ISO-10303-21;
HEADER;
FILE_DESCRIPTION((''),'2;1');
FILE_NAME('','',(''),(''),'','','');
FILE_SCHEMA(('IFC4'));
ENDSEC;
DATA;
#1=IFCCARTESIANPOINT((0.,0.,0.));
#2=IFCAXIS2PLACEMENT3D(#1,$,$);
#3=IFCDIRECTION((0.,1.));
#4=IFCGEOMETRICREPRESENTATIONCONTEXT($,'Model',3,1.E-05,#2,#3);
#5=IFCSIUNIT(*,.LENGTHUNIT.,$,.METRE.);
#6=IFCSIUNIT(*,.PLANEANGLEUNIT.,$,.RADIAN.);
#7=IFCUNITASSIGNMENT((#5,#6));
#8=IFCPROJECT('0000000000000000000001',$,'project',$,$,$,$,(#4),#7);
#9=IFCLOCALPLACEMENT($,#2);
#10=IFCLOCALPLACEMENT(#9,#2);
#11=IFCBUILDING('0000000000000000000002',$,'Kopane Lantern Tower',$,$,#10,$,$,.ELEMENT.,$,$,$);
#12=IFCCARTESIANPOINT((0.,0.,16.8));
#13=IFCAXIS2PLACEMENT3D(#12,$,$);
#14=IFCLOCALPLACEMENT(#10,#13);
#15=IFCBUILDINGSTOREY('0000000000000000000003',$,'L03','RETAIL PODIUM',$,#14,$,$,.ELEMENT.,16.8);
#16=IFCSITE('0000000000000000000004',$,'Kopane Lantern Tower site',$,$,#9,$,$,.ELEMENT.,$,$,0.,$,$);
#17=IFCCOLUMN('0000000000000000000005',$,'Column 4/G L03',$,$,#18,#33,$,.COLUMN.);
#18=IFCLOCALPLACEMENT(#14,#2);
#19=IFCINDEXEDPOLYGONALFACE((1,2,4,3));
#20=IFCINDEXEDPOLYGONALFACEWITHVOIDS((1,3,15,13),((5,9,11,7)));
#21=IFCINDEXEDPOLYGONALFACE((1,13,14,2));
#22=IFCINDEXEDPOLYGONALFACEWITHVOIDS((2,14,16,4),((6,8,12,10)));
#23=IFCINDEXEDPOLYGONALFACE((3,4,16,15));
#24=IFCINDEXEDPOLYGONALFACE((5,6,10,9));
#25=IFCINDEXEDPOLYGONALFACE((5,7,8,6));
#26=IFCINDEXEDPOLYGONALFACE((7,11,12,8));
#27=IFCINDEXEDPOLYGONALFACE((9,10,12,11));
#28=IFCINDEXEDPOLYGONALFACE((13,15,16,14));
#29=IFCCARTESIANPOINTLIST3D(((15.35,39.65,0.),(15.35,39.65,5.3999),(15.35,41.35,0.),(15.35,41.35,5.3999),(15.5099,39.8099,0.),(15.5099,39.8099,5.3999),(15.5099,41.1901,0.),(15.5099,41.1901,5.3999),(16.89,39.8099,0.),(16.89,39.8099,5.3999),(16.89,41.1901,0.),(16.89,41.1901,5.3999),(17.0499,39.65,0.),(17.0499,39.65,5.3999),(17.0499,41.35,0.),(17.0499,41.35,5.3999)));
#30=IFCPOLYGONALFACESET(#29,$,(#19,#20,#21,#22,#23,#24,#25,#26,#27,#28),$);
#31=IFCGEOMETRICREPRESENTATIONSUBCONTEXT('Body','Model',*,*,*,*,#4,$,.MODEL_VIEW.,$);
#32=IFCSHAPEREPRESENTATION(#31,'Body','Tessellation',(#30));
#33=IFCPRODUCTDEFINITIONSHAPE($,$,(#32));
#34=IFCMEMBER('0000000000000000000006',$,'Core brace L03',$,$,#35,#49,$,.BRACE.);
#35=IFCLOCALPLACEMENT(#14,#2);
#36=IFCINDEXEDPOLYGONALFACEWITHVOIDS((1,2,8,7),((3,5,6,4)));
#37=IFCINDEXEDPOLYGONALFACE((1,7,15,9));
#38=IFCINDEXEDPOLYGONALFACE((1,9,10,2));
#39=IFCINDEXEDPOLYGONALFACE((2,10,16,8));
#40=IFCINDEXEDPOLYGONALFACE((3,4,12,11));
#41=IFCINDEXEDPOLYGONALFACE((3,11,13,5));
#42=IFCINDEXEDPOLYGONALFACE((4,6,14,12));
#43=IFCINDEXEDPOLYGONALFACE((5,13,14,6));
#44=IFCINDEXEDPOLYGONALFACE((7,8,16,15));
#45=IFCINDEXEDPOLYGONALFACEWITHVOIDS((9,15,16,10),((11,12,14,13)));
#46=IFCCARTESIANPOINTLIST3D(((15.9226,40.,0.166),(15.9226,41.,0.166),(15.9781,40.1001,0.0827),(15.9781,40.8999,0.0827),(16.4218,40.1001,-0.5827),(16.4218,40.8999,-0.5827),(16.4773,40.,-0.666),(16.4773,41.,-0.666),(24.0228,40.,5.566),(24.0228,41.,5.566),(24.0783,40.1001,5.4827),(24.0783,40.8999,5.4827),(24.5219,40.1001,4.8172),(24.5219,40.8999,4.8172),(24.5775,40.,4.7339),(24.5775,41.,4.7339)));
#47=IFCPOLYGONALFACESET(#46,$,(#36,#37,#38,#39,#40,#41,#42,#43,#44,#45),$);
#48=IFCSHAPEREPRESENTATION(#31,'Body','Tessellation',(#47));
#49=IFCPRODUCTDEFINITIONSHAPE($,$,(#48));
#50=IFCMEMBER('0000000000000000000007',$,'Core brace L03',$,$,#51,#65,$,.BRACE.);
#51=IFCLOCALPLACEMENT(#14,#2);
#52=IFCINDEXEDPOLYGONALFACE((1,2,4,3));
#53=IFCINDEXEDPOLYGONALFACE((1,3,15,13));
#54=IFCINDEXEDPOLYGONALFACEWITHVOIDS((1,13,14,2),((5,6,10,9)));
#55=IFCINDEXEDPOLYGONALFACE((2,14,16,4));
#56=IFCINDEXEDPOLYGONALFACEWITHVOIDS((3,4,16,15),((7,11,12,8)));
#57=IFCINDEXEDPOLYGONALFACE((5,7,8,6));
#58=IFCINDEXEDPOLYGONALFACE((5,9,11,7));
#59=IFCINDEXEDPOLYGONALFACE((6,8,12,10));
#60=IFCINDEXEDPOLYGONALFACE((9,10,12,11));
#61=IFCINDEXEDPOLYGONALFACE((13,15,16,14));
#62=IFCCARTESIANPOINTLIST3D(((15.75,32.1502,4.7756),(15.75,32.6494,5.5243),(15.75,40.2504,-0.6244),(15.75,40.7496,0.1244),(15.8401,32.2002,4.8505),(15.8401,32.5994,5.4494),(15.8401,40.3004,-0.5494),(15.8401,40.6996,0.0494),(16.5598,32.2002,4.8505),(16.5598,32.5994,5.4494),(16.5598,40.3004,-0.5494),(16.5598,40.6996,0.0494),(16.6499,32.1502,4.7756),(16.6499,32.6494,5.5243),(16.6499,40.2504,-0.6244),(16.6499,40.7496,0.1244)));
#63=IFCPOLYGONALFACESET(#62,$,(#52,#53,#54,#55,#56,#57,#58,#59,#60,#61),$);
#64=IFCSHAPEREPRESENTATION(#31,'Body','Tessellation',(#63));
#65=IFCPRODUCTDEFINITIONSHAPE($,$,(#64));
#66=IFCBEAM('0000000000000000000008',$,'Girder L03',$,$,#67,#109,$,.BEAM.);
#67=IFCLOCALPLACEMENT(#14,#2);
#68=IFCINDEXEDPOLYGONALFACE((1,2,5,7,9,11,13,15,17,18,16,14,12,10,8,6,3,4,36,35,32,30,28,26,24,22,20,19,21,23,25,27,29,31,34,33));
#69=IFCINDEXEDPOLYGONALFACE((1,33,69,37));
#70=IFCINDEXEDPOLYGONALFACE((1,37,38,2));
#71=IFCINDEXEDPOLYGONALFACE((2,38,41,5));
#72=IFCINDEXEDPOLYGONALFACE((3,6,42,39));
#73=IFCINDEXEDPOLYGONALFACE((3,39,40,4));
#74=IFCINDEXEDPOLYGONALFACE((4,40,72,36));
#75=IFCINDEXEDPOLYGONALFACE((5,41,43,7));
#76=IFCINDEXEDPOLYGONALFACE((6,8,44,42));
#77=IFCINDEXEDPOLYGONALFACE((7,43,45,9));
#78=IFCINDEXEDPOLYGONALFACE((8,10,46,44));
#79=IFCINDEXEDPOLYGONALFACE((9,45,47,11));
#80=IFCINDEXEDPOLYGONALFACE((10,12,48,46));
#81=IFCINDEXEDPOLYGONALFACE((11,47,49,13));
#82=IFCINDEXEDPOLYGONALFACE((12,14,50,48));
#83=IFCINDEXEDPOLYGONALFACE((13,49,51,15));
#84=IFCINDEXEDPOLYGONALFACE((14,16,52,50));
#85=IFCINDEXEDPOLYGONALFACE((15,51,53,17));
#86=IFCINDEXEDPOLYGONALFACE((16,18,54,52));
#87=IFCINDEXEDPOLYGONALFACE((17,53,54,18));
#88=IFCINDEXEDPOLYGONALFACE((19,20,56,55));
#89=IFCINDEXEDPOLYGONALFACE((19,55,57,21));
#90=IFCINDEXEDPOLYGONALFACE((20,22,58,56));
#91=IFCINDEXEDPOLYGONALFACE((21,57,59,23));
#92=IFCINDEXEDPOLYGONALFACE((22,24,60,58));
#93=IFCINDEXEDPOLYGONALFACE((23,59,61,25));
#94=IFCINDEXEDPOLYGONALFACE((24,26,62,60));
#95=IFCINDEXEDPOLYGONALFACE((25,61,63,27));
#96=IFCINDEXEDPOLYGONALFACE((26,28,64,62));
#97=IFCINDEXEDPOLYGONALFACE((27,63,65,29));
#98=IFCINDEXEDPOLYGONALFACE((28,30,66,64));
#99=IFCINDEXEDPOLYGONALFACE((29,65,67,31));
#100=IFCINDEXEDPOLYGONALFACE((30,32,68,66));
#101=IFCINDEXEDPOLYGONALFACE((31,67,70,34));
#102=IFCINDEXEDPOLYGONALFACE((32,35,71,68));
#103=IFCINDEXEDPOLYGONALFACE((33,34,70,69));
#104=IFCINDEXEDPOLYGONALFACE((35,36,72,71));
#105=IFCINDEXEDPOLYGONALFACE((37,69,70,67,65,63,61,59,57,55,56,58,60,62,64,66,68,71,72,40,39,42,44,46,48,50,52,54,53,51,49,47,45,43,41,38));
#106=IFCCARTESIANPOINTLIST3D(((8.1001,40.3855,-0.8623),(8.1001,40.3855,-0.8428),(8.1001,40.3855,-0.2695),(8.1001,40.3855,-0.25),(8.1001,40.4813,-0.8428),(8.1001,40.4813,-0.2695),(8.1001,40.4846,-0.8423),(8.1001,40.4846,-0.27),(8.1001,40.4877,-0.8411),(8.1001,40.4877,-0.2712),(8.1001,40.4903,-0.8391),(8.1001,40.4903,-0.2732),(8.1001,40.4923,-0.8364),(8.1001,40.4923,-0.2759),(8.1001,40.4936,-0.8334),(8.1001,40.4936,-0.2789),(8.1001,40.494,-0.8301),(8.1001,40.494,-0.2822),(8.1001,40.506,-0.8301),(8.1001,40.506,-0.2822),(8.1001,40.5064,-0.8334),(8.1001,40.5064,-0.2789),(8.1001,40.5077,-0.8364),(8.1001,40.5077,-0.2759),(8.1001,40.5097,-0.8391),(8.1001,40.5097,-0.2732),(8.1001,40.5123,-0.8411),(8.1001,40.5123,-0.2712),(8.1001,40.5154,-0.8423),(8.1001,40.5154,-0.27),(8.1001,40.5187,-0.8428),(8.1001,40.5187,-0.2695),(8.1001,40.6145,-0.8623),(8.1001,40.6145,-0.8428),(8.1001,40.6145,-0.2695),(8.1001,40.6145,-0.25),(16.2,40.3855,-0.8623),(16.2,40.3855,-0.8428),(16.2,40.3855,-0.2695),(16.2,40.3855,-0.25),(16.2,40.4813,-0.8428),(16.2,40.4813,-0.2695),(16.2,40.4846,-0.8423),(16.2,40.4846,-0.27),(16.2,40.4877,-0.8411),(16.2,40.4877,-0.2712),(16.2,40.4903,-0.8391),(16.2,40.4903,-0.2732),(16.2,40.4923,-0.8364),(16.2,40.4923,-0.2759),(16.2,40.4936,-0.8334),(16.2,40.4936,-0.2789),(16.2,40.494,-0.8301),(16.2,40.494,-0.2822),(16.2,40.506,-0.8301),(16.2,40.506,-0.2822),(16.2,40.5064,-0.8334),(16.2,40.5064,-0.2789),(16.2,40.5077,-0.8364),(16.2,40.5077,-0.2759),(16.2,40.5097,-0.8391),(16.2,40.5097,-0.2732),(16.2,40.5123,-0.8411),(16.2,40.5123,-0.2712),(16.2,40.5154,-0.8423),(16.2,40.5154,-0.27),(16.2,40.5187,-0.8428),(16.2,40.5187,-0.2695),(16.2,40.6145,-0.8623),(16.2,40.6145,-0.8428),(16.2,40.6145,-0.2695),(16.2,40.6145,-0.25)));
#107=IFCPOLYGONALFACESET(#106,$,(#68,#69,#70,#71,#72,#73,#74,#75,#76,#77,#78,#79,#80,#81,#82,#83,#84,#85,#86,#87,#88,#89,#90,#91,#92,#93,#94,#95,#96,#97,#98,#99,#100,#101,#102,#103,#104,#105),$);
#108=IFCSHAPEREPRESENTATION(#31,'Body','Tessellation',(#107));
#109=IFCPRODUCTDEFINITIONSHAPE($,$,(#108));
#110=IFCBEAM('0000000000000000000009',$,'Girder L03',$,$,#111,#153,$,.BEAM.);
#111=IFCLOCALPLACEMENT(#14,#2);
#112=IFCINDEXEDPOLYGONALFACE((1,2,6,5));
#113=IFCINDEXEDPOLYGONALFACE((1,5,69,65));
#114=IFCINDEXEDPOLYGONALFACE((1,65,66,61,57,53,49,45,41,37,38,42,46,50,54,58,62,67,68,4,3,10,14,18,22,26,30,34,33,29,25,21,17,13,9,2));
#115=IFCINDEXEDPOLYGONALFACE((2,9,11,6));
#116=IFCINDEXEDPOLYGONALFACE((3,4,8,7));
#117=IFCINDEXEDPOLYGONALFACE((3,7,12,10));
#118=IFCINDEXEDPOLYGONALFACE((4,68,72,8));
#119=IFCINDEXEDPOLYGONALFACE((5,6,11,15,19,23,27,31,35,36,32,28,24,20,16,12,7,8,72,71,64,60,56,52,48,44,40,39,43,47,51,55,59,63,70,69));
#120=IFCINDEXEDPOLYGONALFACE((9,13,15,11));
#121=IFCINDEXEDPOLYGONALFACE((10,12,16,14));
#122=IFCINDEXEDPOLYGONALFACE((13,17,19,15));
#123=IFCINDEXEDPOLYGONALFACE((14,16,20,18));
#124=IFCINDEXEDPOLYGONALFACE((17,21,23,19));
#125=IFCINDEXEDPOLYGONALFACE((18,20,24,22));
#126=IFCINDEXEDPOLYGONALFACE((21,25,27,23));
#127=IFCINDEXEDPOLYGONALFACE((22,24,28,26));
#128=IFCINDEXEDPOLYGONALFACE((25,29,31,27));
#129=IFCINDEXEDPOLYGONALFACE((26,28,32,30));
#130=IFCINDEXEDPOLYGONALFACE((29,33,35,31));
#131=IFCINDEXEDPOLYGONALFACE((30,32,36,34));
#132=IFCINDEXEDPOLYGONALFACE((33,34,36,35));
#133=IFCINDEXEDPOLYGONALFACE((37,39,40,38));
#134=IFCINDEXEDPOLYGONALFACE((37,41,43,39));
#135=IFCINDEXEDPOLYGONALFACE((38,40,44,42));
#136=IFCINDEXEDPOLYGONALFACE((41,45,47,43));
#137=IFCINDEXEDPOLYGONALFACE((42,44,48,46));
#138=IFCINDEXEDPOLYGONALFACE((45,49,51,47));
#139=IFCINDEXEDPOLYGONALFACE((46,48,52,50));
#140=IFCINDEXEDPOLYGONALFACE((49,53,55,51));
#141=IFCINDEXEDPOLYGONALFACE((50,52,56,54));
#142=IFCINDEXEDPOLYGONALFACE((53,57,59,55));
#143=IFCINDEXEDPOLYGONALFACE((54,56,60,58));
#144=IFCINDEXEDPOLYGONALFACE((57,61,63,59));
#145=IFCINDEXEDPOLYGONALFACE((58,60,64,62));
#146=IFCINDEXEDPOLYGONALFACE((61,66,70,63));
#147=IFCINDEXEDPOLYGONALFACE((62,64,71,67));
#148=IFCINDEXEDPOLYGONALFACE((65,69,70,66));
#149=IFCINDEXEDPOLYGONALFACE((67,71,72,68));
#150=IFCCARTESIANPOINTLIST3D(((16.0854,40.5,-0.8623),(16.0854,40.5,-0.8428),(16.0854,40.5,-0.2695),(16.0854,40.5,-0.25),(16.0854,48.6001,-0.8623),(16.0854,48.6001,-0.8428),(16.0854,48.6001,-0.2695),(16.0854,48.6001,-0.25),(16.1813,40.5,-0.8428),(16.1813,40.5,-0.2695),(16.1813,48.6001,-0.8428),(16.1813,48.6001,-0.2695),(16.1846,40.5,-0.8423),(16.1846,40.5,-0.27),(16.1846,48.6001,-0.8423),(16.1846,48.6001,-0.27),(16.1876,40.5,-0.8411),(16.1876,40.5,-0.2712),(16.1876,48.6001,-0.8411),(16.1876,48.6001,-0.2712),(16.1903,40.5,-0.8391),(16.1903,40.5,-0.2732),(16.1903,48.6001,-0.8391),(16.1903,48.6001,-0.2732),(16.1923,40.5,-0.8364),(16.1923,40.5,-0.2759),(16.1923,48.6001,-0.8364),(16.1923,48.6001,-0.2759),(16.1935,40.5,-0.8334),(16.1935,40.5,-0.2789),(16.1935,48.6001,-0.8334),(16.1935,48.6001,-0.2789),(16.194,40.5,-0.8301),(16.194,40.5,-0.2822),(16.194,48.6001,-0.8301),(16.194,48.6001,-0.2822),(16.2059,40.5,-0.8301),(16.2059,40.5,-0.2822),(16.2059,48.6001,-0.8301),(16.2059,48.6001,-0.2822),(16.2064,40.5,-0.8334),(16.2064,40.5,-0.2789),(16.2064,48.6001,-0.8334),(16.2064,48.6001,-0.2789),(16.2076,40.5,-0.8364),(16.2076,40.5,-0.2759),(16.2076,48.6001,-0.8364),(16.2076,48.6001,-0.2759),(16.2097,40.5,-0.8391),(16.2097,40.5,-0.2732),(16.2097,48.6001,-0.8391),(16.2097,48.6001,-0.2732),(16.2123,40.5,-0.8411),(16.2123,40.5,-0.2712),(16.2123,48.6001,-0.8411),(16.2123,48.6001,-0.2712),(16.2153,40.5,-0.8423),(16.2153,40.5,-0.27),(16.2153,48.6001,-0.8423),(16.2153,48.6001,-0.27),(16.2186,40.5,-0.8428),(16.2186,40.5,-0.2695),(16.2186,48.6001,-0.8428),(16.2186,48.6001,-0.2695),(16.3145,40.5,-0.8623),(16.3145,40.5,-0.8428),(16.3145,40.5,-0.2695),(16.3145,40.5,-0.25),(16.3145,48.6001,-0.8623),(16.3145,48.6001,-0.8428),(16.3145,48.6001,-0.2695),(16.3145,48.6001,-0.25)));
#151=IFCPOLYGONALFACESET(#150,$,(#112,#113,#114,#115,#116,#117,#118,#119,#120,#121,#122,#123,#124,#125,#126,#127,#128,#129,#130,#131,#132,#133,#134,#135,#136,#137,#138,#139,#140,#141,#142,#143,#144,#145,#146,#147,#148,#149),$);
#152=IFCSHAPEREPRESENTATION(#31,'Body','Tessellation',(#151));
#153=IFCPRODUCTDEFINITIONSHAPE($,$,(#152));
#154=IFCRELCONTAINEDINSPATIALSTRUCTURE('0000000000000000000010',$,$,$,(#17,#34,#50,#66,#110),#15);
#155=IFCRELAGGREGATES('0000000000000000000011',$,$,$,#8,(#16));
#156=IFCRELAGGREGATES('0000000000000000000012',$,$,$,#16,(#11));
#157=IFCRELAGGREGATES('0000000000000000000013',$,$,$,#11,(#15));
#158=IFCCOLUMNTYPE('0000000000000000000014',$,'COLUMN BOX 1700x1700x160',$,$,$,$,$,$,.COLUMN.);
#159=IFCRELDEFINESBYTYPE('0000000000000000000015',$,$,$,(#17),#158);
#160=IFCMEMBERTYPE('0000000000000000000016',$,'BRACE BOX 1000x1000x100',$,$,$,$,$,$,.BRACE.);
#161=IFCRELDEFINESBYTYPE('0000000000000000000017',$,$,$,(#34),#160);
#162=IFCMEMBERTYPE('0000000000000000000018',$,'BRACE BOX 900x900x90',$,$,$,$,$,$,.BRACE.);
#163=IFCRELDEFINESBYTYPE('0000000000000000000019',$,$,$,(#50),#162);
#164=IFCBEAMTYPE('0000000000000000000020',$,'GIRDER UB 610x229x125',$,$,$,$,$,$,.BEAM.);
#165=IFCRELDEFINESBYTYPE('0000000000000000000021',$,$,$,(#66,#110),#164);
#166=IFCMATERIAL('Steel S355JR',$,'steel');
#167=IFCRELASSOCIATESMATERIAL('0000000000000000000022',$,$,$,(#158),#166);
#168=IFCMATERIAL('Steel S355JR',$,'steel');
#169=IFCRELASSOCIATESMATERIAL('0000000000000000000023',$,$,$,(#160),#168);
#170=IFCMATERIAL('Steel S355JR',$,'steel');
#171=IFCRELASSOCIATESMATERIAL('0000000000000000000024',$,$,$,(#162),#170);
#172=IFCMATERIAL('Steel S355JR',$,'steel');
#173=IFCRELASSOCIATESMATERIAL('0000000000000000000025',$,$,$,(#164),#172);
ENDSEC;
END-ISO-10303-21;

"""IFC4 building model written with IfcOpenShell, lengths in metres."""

from ifc_helpers import new_model, si_unit, direction, frame, origin, origin_2d, place, context, subcontext, project, spatial, hollow_rectangle, i_section, extrude, material, material_profile, profile_set, type_object, element, save


model = new_model("IFC4")

# Units and contexts
model_context = context("Model", 3, precision=1e-05, world=origin(), true_north=direction((0.0, 1.0)))
body_context = subcontext(model_context, "Body", "Model", "MODEL_VIEW")
ifc_project = project(units=[si_unit("LENGTHUNIT", "METRE"), si_unit("PLANEANGLEUNIT", "RADIAN")], contexts=[model_context])

# Site, building, storey
site_placement = place(None, origin())
site = spatial("IfcSite", under=ifc_project, at=site_placement, Name="Kopane Lantern Tower site", CompositionType="ELEMENT", RefElevation=0.0)
building_placement = place(site_placement, origin())
building = spatial("IfcBuilding", under=site, at=building_placement, Name="Kopane Lantern Tower", CompositionType="ELEMENT")
storey_placement = place(building_placement, frame((0.0, 0.0, 16.8)))
storey = spatial("IfcBuildingStorey", under=building, at=storey_placement, Name="L03", Description="RETAIL PODIUM", CompositionType="ELEMENT", Elevation=16.8)

# Column
ifc_material_1 = material(Name="Steel S355JR", Category="steel")
ifc_material_profile_1 = material_profile(ifc_material_1, hollow_rectangle(XDim=1.7, YDim=1.7, WallThickness=0.1599, at=origin_2d()), Name="BOX 1700x1700x160")
ifc_profile_set_1 = profile_set([ifc_material_profile_1], Name="Steel S355JR")
column_type = type_object("IfcColumnType", Name="COLUMN BOX 1700x1700x160", PredefinedType="COLUMN", material=ifc_profile_set_1)
column_placement = place(storey_placement, frame((16.2, 40.5, 0.0), z_axis=(0.0, 0.0, 1.0), x_axis=(1.0, 0.0, 0.0)))
element("IfcColumn", 1, at=column_placement, inside=storey, type_object=column_type, Name="Column 4/G L03", PredefinedType="COLUMN", context=body_context, shape_type="SweptSolid", body=[
    extrude(hollow_rectangle(XDim=1.7, YDim=1.7, WallThickness=0.1599, at=origin_2d()), origin(), (0.0, 0.0, 1.0), 5.3999),
])

# Members
ifc_material_2 = material(Name="Steel S355JR", Category="steel")
ifc_material_profile_2 = material_profile(ifc_material_2, hollow_rectangle(XDim=1.0, YDim=1.0, WallThickness=0.1001, at=origin_2d()), Name="BOX 1000x1000x100")
ifc_profile_set_2 = profile_set([ifc_material_profile_2], Name="Steel S355JR")
member_type_1 = type_object("IfcMemberType", Name="BRACE BOX 1000x1000x100", PredefinedType="BRACE", material=ifc_profile_set_2)
member_1_placement = place(storey_placement, frame((16.2, 40.5, -0.25), z_axis=(0.832058, 0.0, 0.554689), x_axis=(0.0, 1.0, 0.0)))
element("IfcMember", 2, at=member_1_placement, inside=storey, type_object=member_type_1, Name="Core brace L03", PredefinedType="BRACE", context=body_context, shape_type="SweptSolid", body=[
    extrude(hollow_rectangle(XDim=1.0, YDim=1.0, WallThickness=0.1001, at=origin_2d()), origin(), (0.0, 0.0, 1.0), 9.7351),
])
ifc_material_3 = material(Name="Steel S355JR", Category="steel")
ifc_material_profile_3 = material_profile(ifc_material_3, hollow_rectangle(XDim=0.8999, YDim=0.8999, WallThickness=0.0901, at=origin_2d()), Name="BOX 900x900x90")
ifc_profile_set_3 = profile_set([ifc_material_profile_3], Name="Steel S355JR")
member_type_2 = type_object("IfcMemberType", Name="BRACE BOX 900x900x90", PredefinedType="BRACE", material=ifc_profile_set_3)
member_2_placement = place(storey_placement, frame((16.2, 40.5, -0.25), z_axis=(0.0, -0.832058, 0.554689), x_axis=(1.0, 0.0, 0.0)))
element("IfcMember", 3, at=member_2_placement, inside=storey, type_object=member_type_2, Name="Core brace L03", PredefinedType="BRACE", context=body_context, shape_type="SweptSolid", body=[
    extrude(hollow_rectangle(XDim=0.8999, YDim=0.8999, WallThickness=0.0901, at=origin_2d()), origin(), (0.0, 0.0, 1.0), 9.7351),
])

# Beams
ifc_material_4 = material(Name="Steel S355JR", Category="steel")
ifc_material_profile_4 = material_profile(ifc_material_4, i_section(OverallWidth=0.229, OverallDepth=0.6123, WebThickness=0.012, FlangeThickness=0.0195, FilletRadius=0.0127, at=origin_2d()), Name="UB 610x229x125")
ifc_profile_set_4 = profile_set([ifc_material_profile_4], Name="Steel S355JR")
beam_type = type_object("IfcBeamType", Name="GIRDER UB 610x229x125", PredefinedType="BEAM", material=ifc_profile_set_4)
beam_placement = place(storey_placement, frame((8.1001, 40.5, -0.5562), z_axis=(1.0, 0.0, 0.0), x_axis=(0.0, 1.0, 0.0)))
element("IfcBeam", 4, at=beam_placement, inside=storey, type_object=beam_type, Name="Girder L03", PredefinedType="BEAM", context=body_context, shape_type="SweptSolid", body=[
    extrude(i_section(OverallWidth=0.229, OverallDepth=0.6123, WebThickness=0.012, FlangeThickness=0.0195, FilletRadius=0.0127, at=origin_2d()), origin(), (0.0, 0.0, 1.0), 8.0999),
])
for number, where, z_axis, x_axis, name in (
    (5, (16.2, 40.5, -0.5562), (0.0, 1.0, 0.0), (-1.0, 0.0, 0.0), "Girder L03"),
):
    element("IfcBeam", number, at=place(storey_placement, frame(where, z_axis=z_axis, x_axis=x_axis)), inside=storey, type_object=beam_type, Name=name, PredefinedType="BEAM", context=body_context, shape_type="SweptSolid", body=[
        extrude(i_section(OverallWidth=0.229, OverallDepth=0.6123, WebThickness=0.012, FlangeThickness=0.0195, FilletRadius=0.0127, at=origin_2d()), origin(), (0.0, 0.0, 1.0), 8.1001),
    ])

save(model, "model.ifc")
